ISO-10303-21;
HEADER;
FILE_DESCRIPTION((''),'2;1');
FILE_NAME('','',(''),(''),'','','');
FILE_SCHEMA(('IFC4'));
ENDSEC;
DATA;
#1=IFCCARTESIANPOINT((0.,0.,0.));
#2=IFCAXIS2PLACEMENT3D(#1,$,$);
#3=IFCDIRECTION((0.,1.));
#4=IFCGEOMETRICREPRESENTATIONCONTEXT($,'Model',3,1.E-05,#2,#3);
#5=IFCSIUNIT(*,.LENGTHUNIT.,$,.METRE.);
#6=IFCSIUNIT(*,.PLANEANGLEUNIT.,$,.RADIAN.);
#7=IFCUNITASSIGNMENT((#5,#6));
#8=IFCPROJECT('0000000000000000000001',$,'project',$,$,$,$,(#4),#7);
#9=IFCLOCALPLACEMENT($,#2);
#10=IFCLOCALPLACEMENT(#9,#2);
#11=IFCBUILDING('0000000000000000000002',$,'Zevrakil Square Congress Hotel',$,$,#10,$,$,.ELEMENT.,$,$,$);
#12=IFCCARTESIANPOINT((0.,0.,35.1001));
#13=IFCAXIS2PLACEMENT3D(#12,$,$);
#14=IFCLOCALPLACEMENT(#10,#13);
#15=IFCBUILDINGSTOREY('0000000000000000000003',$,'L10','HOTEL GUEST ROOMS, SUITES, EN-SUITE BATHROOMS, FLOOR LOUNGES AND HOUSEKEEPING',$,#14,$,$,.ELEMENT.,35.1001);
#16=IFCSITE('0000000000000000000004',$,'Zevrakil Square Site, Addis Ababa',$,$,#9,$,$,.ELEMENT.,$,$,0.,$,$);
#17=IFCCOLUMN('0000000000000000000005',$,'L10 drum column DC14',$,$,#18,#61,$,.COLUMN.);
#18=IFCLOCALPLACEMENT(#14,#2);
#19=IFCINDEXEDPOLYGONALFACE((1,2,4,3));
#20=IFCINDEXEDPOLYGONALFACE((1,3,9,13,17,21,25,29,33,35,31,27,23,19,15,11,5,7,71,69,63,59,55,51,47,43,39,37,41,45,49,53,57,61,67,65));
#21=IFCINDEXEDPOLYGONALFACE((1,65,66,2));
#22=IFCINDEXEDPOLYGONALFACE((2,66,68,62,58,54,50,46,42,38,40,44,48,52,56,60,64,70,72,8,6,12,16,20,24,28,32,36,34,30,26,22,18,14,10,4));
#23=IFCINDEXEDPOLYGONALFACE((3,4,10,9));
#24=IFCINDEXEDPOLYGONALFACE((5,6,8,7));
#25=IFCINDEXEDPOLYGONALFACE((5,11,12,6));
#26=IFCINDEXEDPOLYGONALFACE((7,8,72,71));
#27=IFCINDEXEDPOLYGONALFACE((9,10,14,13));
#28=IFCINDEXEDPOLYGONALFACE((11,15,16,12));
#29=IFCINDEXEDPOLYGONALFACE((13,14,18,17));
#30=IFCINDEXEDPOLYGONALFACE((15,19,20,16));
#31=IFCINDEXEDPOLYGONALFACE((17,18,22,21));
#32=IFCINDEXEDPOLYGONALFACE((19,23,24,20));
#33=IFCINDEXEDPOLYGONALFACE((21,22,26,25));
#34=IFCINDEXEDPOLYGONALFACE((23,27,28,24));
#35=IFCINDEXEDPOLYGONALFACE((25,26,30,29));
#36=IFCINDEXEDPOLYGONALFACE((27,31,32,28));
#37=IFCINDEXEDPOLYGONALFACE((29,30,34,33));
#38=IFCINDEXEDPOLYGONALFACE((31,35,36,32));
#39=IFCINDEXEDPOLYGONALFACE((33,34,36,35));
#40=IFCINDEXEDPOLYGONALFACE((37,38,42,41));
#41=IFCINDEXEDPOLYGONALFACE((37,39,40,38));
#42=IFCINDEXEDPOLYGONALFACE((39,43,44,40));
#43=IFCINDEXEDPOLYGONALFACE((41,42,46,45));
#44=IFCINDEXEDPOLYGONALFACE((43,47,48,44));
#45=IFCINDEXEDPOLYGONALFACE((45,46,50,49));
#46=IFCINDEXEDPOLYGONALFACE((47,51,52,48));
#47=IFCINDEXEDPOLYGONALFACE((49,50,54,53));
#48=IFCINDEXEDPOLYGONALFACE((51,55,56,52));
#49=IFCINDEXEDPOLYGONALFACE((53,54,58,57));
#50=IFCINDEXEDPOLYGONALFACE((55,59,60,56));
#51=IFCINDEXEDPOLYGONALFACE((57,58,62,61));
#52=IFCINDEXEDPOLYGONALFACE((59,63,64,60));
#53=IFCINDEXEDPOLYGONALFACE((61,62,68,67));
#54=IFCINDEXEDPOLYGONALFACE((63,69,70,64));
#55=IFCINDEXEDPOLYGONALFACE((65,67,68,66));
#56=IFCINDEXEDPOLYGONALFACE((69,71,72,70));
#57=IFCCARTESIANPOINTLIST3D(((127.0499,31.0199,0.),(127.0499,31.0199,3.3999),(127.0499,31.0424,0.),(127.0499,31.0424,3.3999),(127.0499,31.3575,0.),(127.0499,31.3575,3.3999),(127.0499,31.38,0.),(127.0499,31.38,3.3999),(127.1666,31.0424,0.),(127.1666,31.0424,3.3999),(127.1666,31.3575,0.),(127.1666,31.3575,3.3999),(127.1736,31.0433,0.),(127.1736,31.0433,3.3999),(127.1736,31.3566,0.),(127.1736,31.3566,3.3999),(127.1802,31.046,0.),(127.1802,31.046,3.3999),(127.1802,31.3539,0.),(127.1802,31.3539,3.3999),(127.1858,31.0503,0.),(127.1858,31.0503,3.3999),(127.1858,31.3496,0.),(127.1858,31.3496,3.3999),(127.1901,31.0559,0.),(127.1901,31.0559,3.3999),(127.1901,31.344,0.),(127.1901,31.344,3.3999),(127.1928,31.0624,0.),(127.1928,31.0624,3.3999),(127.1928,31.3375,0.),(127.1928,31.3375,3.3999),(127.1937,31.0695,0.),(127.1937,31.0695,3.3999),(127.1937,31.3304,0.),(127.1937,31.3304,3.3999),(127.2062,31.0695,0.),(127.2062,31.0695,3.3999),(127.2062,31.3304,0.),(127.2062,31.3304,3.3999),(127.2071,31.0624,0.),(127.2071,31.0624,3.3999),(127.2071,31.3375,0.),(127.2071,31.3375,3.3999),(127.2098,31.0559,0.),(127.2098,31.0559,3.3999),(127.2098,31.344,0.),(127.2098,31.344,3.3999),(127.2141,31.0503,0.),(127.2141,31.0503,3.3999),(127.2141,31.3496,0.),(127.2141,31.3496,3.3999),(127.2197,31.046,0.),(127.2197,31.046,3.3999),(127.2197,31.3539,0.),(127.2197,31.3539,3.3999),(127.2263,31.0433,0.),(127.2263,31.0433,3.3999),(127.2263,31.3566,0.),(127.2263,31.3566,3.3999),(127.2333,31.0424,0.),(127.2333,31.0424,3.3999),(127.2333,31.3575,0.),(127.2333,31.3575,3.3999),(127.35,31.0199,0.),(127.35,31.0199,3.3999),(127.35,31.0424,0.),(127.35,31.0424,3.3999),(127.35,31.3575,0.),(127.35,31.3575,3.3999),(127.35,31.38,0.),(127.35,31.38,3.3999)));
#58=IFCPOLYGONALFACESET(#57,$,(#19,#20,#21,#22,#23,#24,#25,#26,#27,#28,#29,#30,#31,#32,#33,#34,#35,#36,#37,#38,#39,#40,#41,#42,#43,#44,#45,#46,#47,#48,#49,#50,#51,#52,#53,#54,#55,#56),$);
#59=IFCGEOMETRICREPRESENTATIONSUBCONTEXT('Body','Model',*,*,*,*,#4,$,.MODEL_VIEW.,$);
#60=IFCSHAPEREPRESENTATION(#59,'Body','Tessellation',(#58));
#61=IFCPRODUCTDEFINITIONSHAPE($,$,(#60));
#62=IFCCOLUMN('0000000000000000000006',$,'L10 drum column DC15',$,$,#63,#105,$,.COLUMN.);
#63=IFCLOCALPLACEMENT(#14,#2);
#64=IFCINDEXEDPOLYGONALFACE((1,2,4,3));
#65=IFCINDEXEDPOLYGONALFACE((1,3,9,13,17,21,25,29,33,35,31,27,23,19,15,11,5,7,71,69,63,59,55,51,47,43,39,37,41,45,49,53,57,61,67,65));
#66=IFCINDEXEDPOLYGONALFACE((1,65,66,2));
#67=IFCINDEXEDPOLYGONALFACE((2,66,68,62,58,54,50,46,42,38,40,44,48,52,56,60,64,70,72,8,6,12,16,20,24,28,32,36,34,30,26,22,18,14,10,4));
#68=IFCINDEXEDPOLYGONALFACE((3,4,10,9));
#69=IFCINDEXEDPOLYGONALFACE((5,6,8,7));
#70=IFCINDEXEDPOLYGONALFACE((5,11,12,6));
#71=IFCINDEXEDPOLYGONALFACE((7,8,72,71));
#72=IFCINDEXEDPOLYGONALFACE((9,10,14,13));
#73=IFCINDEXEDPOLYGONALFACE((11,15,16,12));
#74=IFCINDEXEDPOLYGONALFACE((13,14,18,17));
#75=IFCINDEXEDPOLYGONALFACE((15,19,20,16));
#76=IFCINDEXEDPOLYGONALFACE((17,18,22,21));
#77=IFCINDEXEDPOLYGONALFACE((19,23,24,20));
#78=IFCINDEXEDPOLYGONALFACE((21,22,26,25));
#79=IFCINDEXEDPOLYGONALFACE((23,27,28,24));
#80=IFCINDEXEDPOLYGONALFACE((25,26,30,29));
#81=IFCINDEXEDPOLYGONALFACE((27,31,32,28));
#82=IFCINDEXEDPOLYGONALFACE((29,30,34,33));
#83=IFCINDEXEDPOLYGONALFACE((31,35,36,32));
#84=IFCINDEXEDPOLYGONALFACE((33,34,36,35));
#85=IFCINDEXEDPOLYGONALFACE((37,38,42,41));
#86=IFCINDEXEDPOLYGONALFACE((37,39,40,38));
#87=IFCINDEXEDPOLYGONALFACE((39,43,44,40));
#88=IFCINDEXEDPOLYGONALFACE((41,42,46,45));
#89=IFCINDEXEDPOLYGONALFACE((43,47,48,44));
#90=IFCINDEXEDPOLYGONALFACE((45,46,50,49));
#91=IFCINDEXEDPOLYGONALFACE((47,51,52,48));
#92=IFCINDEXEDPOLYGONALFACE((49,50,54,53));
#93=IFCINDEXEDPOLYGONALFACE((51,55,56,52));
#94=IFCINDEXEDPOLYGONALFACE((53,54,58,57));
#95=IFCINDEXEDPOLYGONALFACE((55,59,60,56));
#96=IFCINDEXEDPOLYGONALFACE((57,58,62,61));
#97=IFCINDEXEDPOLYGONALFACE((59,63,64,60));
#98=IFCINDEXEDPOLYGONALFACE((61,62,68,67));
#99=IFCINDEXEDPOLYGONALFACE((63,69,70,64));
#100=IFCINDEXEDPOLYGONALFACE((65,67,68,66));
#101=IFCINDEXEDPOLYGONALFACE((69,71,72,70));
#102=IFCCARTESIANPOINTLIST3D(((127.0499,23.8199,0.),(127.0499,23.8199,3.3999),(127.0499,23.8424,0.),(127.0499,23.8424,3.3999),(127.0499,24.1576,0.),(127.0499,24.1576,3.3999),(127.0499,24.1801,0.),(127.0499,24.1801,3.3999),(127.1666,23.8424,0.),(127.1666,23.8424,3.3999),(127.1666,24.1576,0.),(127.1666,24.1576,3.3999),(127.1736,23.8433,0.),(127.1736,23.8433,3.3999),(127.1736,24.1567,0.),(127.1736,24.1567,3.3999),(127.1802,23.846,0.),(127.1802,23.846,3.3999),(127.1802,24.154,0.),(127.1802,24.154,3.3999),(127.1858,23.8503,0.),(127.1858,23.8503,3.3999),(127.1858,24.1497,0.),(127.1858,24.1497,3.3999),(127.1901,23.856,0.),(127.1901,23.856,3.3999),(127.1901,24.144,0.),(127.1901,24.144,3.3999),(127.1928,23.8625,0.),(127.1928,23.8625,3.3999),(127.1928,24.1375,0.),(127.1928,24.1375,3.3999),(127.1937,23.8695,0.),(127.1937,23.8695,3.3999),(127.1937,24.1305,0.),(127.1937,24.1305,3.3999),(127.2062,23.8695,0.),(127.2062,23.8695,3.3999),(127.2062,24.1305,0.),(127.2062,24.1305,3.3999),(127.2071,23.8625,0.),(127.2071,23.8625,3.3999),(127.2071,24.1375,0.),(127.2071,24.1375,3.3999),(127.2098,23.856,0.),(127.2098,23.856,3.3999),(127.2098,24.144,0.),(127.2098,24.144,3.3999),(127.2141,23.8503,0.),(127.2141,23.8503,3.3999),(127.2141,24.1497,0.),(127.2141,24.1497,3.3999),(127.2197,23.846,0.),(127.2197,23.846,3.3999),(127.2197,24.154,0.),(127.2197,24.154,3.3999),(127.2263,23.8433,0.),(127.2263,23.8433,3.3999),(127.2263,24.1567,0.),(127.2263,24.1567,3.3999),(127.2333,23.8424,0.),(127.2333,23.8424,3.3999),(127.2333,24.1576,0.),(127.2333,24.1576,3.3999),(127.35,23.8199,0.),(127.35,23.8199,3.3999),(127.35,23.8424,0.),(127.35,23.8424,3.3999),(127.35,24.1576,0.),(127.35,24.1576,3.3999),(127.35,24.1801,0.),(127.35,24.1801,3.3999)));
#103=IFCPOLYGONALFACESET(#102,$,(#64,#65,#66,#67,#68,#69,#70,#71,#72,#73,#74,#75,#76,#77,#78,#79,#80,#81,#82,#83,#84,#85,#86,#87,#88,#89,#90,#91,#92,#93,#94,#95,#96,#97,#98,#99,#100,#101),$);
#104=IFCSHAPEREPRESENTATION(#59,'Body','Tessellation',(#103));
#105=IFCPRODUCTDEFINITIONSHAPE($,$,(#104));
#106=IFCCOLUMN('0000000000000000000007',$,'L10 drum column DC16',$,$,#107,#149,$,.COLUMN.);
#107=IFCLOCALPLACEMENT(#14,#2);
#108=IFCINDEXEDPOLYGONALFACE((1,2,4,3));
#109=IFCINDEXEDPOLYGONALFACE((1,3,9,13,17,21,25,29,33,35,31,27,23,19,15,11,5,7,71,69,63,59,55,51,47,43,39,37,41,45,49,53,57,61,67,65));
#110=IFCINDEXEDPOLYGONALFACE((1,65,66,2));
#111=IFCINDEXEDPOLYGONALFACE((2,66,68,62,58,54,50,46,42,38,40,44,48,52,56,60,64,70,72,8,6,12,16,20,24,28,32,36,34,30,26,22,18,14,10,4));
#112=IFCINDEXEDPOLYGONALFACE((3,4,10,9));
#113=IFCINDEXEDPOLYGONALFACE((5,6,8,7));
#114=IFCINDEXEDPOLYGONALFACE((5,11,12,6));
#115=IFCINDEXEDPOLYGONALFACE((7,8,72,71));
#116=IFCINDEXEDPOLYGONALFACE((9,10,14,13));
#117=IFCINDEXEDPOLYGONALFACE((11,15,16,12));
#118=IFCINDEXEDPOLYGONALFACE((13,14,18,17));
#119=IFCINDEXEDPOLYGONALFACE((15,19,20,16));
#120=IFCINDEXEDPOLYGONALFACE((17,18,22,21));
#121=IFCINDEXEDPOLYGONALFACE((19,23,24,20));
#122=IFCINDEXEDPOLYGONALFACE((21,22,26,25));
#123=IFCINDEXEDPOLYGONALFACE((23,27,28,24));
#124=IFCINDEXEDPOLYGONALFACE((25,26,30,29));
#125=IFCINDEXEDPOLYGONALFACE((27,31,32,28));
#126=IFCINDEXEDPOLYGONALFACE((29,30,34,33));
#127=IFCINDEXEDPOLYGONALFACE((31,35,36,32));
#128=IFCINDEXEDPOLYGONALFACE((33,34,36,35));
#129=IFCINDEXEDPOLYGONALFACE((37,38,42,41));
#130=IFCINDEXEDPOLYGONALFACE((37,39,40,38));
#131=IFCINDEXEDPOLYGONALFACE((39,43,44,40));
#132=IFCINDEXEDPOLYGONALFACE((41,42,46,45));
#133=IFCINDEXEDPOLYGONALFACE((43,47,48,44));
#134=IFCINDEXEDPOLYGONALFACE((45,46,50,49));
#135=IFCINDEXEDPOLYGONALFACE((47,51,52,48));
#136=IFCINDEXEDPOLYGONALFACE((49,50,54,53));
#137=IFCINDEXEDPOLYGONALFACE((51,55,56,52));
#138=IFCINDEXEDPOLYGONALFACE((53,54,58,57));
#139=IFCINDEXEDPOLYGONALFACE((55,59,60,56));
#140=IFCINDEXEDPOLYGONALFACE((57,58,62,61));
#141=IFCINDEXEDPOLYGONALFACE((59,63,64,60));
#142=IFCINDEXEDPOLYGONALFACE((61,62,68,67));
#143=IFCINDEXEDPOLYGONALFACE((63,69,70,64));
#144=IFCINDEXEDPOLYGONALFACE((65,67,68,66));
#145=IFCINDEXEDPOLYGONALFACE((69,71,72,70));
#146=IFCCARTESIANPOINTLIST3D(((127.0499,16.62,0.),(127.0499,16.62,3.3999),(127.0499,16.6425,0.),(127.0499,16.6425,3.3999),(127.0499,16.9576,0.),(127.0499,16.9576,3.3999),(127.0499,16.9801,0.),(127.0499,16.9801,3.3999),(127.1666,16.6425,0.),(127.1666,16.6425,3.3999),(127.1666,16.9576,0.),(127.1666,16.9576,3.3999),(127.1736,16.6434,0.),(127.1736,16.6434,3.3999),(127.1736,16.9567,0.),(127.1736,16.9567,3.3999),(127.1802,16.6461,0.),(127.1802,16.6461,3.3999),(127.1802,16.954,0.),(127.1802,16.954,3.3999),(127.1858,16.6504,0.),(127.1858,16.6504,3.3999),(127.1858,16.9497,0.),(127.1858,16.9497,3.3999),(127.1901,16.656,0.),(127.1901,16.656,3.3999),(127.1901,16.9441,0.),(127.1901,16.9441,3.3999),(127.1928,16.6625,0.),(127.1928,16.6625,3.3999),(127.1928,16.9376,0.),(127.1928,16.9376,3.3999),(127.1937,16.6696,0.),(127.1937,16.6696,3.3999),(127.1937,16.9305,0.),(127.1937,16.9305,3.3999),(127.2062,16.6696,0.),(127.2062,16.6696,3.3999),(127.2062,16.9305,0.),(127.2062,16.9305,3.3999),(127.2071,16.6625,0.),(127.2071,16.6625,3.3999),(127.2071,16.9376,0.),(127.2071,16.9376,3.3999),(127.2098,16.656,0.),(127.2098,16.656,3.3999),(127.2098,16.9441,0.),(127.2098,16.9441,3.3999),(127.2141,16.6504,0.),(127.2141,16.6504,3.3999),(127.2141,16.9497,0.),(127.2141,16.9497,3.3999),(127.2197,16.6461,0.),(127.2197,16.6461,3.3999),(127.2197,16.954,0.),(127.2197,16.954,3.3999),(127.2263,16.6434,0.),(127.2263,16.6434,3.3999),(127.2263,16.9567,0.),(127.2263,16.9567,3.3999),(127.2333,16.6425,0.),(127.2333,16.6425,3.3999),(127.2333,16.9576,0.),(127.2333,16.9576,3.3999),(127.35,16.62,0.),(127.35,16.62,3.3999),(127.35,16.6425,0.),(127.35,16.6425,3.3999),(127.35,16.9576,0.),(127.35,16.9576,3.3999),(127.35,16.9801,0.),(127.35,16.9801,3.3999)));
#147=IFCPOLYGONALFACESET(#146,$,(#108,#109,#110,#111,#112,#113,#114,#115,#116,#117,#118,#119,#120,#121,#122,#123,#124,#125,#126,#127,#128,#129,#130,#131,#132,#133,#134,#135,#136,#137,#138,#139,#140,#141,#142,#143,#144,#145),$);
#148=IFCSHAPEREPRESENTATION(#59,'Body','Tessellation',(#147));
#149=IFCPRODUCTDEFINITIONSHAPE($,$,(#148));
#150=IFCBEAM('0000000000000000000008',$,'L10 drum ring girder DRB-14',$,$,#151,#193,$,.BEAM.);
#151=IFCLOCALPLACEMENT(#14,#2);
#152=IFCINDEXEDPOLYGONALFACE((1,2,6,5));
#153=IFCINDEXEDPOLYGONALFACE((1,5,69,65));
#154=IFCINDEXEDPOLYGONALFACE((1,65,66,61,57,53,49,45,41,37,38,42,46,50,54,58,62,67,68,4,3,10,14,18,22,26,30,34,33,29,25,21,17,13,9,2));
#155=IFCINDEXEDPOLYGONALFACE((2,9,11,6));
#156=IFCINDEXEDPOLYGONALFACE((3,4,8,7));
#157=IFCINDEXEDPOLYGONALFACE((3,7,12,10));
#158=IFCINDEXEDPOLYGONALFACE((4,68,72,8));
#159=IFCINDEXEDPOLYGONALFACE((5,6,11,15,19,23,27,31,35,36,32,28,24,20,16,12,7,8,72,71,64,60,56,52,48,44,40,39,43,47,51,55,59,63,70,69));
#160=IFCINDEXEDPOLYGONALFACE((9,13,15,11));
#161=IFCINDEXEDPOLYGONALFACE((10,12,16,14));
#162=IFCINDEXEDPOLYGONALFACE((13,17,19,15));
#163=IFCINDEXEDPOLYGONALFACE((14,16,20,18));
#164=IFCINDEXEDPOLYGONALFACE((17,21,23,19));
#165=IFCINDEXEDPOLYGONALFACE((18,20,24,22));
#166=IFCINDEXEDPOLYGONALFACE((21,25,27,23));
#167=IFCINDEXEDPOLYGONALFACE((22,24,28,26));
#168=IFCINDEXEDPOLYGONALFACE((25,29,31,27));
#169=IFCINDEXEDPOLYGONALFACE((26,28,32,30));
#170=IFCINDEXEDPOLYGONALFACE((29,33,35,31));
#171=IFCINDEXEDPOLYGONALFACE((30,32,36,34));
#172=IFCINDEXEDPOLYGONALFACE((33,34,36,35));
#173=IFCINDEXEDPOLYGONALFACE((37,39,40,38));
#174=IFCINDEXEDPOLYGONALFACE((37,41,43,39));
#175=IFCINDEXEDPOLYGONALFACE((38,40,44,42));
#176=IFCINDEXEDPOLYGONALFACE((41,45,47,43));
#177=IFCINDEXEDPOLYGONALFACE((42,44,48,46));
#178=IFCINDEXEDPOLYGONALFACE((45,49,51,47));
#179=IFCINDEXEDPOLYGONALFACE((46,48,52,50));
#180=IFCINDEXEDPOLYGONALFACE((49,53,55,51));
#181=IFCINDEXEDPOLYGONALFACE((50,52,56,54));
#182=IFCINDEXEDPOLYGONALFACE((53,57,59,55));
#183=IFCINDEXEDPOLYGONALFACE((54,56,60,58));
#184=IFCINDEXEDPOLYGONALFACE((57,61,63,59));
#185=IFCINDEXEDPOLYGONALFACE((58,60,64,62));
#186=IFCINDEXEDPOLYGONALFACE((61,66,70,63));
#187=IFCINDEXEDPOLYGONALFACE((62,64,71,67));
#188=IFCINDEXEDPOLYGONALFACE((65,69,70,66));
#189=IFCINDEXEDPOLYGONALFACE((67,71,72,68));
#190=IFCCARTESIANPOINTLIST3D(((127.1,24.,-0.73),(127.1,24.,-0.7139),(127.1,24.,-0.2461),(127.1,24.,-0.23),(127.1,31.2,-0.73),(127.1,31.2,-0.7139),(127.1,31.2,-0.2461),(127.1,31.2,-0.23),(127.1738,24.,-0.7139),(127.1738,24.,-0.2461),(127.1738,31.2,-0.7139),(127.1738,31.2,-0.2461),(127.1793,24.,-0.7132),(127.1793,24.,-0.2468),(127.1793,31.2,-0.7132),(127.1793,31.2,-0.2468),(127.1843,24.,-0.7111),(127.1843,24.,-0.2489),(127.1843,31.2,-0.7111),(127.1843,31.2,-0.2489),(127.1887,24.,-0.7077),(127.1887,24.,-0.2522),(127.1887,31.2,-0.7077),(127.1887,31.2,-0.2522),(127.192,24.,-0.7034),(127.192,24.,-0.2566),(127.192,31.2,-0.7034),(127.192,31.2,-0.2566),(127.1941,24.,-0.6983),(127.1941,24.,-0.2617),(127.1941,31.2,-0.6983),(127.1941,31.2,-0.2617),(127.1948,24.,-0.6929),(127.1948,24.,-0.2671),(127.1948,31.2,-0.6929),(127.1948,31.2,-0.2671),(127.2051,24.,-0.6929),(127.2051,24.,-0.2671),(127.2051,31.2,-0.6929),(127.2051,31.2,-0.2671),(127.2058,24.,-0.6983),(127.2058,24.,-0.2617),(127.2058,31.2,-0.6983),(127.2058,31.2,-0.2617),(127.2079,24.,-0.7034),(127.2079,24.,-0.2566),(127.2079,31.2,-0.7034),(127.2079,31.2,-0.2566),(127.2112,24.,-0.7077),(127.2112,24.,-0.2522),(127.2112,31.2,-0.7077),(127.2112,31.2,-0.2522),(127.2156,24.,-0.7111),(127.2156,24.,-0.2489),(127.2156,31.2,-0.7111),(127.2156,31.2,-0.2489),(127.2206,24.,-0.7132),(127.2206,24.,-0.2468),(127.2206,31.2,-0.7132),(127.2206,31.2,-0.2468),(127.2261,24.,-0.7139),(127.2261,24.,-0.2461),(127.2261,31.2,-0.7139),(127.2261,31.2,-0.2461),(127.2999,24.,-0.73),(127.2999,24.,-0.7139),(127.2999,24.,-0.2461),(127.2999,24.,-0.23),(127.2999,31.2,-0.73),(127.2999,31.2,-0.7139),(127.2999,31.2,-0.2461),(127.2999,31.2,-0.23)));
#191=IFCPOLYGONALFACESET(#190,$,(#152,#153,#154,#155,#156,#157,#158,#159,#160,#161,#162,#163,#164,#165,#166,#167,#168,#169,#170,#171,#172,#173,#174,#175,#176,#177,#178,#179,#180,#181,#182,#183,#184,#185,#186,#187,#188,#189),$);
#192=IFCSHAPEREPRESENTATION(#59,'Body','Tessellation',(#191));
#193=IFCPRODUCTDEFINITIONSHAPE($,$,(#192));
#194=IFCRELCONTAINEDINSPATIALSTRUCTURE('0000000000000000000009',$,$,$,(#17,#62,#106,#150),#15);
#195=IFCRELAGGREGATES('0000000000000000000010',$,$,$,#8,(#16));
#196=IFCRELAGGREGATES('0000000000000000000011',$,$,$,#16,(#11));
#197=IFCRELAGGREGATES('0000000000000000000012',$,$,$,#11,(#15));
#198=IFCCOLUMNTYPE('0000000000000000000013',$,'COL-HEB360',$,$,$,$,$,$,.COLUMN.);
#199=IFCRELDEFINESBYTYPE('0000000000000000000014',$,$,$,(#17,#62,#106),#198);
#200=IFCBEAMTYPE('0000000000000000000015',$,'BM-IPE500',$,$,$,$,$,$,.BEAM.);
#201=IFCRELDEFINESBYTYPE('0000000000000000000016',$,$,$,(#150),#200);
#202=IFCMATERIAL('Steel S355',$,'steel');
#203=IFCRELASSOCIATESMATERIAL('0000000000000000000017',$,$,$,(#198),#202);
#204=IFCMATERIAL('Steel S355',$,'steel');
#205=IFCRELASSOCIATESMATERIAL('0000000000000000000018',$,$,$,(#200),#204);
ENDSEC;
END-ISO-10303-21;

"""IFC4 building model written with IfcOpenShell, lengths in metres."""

from ifc_helpers import new_model, si_unit, direction, frame, origin, origin_2d, place, context, subcontext, project, spatial, i_section, extrude, material, material_profile, profile_set, type_object, element, save


model = new_model("IFC4")

# Units and contexts
model_context = context("Model", 3, precision=1e-05, world=origin(), true_north=direction((0.0, 1.0)))
body_context = subcontext(model_context, "Body", "Model", "MODEL_VIEW")
ifc_project = project(units=[si_unit("LENGTHUNIT", "METRE"), si_unit("PLANEANGLEUNIT", "RADIAN")], contexts=[model_context])

# Site, building, storey
site_placement = place(None, origin())
site = spatial("IfcSite", under=ifc_project, at=site_placement, Name="Zevrakil Square Site, Addis Ababa", CompositionType="ELEMENT", RefElevation=0.0)
building_placement = place(site_placement, origin())
building = spatial("IfcBuilding", under=site, at=building_placement, Name="Zevrakil Square Congress Hotel", CompositionType="ELEMENT")
storey_placement = place(building_placement, frame((0.0, 0.0, 35.1001)))
storey = spatial("IfcBuildingStorey", under=building, at=storey_placement, Name="L10", Description="HOTEL GUEST ROOMS, SUITES, EN-SUITE BATHROOMS, FLOOR LOUNGES AND HOUSEKEEPING", CompositionType="ELEMENT", Elevation=35.1001)

# Columns
ifc_material_1 = material(Name="Steel S355", Category="steel")
ifc_material_profile_1 = material_profile(ifc_material_1, i_section(OverallWidth=0.3, OverallDepth=0.3601, WebThickness=0.0125, FlangeThickness=0.0225, FilletRadius=0.0271, at=origin_2d()), Name="HEB 360")
ifc_profile_set_1 = profile_set([ifc_material_profile_1], Name="Steel S355")
column_type = type_object("IfcColumnType", Name="COL-HEB360", PredefinedType="COLUMN", material=ifc_profile_set_1)
for number, where, z_axis, x_axis, name in (
    (1, (127.2, 31.2, 0.0), (0.0, 0.0, 1.0), (1.0, 0.0, 0.0), "L10 drum column DC14"),
    (2, (127.2, 24.0, 0.0), (0.0, 0.0, 1.0), (1.0, 0.0, 0.0), "L10 drum column DC15"),
    (3, (127.2, 16.8, 0.0), (0.0, 0.0, 1.0), (1.0, 0.0, 0.0), "L10 drum column DC16"),
):
    element("IfcColumn", number, at=place(storey_placement, frame(where, z_axis=z_axis, x_axis=x_axis)), inside=storey, type_object=column_type, Name=name, PredefinedType="COLUMN", context=body_context, shape_type="SweptSolid", body=[
        extrude(i_section(OverallWidth=0.3, OverallDepth=0.3601, WebThickness=0.0125, FlangeThickness=0.0225, FilletRadius=0.0271, at=origin_2d()), origin(), (0.0, 0.0, 1.0), 3.3999),
    ])

# Beam
ifc_material_2 = material(Name="Steel S355", Category="steel")
ifc_material_profile_2 = material_profile(ifc_material_2, i_section(OverallWidth=0.2, OverallDepth=0.5, WebThickness=0.0103, FlangeThickness=0.0161, FilletRadius=0.021, at=origin_2d()), Name="IPE 500")
ifc_profile_set_2 = profile_set([ifc_material_profile_2], Name="Steel S355")
beam_type_1 = type_object("IfcBeamType", Name="BM-IPE500", PredefinedType="BEAM", material=ifc_profile_set_2)
for number, where, z_axis, x_axis, name in (
    (4, (127.2, 31.2, -0.48), (0.0, -1.0, 0.0), (1.0, 0.0, 0.0), "L10 drum ring girder DRB-14"),
):
    element("IfcBeam", number, at=place(storey_placement, frame(where, z_axis=z_axis, x_axis=x_axis)), inside=storey, type_object=beam_type_1, Name=name, PredefinedType="BEAM", context=body_context, shape_type="SweptSolid", body=[
        extrude(i_section(OverallWidth=0.2, OverallDepth=0.5, WebThickness=0.0103, FlangeThickness=0.0161, FilletRadius=0.021, at=origin_2d()), origin(), (0.0, 0.0, 1.0), 7.2),
    ])

save(model, "model.ifc")
